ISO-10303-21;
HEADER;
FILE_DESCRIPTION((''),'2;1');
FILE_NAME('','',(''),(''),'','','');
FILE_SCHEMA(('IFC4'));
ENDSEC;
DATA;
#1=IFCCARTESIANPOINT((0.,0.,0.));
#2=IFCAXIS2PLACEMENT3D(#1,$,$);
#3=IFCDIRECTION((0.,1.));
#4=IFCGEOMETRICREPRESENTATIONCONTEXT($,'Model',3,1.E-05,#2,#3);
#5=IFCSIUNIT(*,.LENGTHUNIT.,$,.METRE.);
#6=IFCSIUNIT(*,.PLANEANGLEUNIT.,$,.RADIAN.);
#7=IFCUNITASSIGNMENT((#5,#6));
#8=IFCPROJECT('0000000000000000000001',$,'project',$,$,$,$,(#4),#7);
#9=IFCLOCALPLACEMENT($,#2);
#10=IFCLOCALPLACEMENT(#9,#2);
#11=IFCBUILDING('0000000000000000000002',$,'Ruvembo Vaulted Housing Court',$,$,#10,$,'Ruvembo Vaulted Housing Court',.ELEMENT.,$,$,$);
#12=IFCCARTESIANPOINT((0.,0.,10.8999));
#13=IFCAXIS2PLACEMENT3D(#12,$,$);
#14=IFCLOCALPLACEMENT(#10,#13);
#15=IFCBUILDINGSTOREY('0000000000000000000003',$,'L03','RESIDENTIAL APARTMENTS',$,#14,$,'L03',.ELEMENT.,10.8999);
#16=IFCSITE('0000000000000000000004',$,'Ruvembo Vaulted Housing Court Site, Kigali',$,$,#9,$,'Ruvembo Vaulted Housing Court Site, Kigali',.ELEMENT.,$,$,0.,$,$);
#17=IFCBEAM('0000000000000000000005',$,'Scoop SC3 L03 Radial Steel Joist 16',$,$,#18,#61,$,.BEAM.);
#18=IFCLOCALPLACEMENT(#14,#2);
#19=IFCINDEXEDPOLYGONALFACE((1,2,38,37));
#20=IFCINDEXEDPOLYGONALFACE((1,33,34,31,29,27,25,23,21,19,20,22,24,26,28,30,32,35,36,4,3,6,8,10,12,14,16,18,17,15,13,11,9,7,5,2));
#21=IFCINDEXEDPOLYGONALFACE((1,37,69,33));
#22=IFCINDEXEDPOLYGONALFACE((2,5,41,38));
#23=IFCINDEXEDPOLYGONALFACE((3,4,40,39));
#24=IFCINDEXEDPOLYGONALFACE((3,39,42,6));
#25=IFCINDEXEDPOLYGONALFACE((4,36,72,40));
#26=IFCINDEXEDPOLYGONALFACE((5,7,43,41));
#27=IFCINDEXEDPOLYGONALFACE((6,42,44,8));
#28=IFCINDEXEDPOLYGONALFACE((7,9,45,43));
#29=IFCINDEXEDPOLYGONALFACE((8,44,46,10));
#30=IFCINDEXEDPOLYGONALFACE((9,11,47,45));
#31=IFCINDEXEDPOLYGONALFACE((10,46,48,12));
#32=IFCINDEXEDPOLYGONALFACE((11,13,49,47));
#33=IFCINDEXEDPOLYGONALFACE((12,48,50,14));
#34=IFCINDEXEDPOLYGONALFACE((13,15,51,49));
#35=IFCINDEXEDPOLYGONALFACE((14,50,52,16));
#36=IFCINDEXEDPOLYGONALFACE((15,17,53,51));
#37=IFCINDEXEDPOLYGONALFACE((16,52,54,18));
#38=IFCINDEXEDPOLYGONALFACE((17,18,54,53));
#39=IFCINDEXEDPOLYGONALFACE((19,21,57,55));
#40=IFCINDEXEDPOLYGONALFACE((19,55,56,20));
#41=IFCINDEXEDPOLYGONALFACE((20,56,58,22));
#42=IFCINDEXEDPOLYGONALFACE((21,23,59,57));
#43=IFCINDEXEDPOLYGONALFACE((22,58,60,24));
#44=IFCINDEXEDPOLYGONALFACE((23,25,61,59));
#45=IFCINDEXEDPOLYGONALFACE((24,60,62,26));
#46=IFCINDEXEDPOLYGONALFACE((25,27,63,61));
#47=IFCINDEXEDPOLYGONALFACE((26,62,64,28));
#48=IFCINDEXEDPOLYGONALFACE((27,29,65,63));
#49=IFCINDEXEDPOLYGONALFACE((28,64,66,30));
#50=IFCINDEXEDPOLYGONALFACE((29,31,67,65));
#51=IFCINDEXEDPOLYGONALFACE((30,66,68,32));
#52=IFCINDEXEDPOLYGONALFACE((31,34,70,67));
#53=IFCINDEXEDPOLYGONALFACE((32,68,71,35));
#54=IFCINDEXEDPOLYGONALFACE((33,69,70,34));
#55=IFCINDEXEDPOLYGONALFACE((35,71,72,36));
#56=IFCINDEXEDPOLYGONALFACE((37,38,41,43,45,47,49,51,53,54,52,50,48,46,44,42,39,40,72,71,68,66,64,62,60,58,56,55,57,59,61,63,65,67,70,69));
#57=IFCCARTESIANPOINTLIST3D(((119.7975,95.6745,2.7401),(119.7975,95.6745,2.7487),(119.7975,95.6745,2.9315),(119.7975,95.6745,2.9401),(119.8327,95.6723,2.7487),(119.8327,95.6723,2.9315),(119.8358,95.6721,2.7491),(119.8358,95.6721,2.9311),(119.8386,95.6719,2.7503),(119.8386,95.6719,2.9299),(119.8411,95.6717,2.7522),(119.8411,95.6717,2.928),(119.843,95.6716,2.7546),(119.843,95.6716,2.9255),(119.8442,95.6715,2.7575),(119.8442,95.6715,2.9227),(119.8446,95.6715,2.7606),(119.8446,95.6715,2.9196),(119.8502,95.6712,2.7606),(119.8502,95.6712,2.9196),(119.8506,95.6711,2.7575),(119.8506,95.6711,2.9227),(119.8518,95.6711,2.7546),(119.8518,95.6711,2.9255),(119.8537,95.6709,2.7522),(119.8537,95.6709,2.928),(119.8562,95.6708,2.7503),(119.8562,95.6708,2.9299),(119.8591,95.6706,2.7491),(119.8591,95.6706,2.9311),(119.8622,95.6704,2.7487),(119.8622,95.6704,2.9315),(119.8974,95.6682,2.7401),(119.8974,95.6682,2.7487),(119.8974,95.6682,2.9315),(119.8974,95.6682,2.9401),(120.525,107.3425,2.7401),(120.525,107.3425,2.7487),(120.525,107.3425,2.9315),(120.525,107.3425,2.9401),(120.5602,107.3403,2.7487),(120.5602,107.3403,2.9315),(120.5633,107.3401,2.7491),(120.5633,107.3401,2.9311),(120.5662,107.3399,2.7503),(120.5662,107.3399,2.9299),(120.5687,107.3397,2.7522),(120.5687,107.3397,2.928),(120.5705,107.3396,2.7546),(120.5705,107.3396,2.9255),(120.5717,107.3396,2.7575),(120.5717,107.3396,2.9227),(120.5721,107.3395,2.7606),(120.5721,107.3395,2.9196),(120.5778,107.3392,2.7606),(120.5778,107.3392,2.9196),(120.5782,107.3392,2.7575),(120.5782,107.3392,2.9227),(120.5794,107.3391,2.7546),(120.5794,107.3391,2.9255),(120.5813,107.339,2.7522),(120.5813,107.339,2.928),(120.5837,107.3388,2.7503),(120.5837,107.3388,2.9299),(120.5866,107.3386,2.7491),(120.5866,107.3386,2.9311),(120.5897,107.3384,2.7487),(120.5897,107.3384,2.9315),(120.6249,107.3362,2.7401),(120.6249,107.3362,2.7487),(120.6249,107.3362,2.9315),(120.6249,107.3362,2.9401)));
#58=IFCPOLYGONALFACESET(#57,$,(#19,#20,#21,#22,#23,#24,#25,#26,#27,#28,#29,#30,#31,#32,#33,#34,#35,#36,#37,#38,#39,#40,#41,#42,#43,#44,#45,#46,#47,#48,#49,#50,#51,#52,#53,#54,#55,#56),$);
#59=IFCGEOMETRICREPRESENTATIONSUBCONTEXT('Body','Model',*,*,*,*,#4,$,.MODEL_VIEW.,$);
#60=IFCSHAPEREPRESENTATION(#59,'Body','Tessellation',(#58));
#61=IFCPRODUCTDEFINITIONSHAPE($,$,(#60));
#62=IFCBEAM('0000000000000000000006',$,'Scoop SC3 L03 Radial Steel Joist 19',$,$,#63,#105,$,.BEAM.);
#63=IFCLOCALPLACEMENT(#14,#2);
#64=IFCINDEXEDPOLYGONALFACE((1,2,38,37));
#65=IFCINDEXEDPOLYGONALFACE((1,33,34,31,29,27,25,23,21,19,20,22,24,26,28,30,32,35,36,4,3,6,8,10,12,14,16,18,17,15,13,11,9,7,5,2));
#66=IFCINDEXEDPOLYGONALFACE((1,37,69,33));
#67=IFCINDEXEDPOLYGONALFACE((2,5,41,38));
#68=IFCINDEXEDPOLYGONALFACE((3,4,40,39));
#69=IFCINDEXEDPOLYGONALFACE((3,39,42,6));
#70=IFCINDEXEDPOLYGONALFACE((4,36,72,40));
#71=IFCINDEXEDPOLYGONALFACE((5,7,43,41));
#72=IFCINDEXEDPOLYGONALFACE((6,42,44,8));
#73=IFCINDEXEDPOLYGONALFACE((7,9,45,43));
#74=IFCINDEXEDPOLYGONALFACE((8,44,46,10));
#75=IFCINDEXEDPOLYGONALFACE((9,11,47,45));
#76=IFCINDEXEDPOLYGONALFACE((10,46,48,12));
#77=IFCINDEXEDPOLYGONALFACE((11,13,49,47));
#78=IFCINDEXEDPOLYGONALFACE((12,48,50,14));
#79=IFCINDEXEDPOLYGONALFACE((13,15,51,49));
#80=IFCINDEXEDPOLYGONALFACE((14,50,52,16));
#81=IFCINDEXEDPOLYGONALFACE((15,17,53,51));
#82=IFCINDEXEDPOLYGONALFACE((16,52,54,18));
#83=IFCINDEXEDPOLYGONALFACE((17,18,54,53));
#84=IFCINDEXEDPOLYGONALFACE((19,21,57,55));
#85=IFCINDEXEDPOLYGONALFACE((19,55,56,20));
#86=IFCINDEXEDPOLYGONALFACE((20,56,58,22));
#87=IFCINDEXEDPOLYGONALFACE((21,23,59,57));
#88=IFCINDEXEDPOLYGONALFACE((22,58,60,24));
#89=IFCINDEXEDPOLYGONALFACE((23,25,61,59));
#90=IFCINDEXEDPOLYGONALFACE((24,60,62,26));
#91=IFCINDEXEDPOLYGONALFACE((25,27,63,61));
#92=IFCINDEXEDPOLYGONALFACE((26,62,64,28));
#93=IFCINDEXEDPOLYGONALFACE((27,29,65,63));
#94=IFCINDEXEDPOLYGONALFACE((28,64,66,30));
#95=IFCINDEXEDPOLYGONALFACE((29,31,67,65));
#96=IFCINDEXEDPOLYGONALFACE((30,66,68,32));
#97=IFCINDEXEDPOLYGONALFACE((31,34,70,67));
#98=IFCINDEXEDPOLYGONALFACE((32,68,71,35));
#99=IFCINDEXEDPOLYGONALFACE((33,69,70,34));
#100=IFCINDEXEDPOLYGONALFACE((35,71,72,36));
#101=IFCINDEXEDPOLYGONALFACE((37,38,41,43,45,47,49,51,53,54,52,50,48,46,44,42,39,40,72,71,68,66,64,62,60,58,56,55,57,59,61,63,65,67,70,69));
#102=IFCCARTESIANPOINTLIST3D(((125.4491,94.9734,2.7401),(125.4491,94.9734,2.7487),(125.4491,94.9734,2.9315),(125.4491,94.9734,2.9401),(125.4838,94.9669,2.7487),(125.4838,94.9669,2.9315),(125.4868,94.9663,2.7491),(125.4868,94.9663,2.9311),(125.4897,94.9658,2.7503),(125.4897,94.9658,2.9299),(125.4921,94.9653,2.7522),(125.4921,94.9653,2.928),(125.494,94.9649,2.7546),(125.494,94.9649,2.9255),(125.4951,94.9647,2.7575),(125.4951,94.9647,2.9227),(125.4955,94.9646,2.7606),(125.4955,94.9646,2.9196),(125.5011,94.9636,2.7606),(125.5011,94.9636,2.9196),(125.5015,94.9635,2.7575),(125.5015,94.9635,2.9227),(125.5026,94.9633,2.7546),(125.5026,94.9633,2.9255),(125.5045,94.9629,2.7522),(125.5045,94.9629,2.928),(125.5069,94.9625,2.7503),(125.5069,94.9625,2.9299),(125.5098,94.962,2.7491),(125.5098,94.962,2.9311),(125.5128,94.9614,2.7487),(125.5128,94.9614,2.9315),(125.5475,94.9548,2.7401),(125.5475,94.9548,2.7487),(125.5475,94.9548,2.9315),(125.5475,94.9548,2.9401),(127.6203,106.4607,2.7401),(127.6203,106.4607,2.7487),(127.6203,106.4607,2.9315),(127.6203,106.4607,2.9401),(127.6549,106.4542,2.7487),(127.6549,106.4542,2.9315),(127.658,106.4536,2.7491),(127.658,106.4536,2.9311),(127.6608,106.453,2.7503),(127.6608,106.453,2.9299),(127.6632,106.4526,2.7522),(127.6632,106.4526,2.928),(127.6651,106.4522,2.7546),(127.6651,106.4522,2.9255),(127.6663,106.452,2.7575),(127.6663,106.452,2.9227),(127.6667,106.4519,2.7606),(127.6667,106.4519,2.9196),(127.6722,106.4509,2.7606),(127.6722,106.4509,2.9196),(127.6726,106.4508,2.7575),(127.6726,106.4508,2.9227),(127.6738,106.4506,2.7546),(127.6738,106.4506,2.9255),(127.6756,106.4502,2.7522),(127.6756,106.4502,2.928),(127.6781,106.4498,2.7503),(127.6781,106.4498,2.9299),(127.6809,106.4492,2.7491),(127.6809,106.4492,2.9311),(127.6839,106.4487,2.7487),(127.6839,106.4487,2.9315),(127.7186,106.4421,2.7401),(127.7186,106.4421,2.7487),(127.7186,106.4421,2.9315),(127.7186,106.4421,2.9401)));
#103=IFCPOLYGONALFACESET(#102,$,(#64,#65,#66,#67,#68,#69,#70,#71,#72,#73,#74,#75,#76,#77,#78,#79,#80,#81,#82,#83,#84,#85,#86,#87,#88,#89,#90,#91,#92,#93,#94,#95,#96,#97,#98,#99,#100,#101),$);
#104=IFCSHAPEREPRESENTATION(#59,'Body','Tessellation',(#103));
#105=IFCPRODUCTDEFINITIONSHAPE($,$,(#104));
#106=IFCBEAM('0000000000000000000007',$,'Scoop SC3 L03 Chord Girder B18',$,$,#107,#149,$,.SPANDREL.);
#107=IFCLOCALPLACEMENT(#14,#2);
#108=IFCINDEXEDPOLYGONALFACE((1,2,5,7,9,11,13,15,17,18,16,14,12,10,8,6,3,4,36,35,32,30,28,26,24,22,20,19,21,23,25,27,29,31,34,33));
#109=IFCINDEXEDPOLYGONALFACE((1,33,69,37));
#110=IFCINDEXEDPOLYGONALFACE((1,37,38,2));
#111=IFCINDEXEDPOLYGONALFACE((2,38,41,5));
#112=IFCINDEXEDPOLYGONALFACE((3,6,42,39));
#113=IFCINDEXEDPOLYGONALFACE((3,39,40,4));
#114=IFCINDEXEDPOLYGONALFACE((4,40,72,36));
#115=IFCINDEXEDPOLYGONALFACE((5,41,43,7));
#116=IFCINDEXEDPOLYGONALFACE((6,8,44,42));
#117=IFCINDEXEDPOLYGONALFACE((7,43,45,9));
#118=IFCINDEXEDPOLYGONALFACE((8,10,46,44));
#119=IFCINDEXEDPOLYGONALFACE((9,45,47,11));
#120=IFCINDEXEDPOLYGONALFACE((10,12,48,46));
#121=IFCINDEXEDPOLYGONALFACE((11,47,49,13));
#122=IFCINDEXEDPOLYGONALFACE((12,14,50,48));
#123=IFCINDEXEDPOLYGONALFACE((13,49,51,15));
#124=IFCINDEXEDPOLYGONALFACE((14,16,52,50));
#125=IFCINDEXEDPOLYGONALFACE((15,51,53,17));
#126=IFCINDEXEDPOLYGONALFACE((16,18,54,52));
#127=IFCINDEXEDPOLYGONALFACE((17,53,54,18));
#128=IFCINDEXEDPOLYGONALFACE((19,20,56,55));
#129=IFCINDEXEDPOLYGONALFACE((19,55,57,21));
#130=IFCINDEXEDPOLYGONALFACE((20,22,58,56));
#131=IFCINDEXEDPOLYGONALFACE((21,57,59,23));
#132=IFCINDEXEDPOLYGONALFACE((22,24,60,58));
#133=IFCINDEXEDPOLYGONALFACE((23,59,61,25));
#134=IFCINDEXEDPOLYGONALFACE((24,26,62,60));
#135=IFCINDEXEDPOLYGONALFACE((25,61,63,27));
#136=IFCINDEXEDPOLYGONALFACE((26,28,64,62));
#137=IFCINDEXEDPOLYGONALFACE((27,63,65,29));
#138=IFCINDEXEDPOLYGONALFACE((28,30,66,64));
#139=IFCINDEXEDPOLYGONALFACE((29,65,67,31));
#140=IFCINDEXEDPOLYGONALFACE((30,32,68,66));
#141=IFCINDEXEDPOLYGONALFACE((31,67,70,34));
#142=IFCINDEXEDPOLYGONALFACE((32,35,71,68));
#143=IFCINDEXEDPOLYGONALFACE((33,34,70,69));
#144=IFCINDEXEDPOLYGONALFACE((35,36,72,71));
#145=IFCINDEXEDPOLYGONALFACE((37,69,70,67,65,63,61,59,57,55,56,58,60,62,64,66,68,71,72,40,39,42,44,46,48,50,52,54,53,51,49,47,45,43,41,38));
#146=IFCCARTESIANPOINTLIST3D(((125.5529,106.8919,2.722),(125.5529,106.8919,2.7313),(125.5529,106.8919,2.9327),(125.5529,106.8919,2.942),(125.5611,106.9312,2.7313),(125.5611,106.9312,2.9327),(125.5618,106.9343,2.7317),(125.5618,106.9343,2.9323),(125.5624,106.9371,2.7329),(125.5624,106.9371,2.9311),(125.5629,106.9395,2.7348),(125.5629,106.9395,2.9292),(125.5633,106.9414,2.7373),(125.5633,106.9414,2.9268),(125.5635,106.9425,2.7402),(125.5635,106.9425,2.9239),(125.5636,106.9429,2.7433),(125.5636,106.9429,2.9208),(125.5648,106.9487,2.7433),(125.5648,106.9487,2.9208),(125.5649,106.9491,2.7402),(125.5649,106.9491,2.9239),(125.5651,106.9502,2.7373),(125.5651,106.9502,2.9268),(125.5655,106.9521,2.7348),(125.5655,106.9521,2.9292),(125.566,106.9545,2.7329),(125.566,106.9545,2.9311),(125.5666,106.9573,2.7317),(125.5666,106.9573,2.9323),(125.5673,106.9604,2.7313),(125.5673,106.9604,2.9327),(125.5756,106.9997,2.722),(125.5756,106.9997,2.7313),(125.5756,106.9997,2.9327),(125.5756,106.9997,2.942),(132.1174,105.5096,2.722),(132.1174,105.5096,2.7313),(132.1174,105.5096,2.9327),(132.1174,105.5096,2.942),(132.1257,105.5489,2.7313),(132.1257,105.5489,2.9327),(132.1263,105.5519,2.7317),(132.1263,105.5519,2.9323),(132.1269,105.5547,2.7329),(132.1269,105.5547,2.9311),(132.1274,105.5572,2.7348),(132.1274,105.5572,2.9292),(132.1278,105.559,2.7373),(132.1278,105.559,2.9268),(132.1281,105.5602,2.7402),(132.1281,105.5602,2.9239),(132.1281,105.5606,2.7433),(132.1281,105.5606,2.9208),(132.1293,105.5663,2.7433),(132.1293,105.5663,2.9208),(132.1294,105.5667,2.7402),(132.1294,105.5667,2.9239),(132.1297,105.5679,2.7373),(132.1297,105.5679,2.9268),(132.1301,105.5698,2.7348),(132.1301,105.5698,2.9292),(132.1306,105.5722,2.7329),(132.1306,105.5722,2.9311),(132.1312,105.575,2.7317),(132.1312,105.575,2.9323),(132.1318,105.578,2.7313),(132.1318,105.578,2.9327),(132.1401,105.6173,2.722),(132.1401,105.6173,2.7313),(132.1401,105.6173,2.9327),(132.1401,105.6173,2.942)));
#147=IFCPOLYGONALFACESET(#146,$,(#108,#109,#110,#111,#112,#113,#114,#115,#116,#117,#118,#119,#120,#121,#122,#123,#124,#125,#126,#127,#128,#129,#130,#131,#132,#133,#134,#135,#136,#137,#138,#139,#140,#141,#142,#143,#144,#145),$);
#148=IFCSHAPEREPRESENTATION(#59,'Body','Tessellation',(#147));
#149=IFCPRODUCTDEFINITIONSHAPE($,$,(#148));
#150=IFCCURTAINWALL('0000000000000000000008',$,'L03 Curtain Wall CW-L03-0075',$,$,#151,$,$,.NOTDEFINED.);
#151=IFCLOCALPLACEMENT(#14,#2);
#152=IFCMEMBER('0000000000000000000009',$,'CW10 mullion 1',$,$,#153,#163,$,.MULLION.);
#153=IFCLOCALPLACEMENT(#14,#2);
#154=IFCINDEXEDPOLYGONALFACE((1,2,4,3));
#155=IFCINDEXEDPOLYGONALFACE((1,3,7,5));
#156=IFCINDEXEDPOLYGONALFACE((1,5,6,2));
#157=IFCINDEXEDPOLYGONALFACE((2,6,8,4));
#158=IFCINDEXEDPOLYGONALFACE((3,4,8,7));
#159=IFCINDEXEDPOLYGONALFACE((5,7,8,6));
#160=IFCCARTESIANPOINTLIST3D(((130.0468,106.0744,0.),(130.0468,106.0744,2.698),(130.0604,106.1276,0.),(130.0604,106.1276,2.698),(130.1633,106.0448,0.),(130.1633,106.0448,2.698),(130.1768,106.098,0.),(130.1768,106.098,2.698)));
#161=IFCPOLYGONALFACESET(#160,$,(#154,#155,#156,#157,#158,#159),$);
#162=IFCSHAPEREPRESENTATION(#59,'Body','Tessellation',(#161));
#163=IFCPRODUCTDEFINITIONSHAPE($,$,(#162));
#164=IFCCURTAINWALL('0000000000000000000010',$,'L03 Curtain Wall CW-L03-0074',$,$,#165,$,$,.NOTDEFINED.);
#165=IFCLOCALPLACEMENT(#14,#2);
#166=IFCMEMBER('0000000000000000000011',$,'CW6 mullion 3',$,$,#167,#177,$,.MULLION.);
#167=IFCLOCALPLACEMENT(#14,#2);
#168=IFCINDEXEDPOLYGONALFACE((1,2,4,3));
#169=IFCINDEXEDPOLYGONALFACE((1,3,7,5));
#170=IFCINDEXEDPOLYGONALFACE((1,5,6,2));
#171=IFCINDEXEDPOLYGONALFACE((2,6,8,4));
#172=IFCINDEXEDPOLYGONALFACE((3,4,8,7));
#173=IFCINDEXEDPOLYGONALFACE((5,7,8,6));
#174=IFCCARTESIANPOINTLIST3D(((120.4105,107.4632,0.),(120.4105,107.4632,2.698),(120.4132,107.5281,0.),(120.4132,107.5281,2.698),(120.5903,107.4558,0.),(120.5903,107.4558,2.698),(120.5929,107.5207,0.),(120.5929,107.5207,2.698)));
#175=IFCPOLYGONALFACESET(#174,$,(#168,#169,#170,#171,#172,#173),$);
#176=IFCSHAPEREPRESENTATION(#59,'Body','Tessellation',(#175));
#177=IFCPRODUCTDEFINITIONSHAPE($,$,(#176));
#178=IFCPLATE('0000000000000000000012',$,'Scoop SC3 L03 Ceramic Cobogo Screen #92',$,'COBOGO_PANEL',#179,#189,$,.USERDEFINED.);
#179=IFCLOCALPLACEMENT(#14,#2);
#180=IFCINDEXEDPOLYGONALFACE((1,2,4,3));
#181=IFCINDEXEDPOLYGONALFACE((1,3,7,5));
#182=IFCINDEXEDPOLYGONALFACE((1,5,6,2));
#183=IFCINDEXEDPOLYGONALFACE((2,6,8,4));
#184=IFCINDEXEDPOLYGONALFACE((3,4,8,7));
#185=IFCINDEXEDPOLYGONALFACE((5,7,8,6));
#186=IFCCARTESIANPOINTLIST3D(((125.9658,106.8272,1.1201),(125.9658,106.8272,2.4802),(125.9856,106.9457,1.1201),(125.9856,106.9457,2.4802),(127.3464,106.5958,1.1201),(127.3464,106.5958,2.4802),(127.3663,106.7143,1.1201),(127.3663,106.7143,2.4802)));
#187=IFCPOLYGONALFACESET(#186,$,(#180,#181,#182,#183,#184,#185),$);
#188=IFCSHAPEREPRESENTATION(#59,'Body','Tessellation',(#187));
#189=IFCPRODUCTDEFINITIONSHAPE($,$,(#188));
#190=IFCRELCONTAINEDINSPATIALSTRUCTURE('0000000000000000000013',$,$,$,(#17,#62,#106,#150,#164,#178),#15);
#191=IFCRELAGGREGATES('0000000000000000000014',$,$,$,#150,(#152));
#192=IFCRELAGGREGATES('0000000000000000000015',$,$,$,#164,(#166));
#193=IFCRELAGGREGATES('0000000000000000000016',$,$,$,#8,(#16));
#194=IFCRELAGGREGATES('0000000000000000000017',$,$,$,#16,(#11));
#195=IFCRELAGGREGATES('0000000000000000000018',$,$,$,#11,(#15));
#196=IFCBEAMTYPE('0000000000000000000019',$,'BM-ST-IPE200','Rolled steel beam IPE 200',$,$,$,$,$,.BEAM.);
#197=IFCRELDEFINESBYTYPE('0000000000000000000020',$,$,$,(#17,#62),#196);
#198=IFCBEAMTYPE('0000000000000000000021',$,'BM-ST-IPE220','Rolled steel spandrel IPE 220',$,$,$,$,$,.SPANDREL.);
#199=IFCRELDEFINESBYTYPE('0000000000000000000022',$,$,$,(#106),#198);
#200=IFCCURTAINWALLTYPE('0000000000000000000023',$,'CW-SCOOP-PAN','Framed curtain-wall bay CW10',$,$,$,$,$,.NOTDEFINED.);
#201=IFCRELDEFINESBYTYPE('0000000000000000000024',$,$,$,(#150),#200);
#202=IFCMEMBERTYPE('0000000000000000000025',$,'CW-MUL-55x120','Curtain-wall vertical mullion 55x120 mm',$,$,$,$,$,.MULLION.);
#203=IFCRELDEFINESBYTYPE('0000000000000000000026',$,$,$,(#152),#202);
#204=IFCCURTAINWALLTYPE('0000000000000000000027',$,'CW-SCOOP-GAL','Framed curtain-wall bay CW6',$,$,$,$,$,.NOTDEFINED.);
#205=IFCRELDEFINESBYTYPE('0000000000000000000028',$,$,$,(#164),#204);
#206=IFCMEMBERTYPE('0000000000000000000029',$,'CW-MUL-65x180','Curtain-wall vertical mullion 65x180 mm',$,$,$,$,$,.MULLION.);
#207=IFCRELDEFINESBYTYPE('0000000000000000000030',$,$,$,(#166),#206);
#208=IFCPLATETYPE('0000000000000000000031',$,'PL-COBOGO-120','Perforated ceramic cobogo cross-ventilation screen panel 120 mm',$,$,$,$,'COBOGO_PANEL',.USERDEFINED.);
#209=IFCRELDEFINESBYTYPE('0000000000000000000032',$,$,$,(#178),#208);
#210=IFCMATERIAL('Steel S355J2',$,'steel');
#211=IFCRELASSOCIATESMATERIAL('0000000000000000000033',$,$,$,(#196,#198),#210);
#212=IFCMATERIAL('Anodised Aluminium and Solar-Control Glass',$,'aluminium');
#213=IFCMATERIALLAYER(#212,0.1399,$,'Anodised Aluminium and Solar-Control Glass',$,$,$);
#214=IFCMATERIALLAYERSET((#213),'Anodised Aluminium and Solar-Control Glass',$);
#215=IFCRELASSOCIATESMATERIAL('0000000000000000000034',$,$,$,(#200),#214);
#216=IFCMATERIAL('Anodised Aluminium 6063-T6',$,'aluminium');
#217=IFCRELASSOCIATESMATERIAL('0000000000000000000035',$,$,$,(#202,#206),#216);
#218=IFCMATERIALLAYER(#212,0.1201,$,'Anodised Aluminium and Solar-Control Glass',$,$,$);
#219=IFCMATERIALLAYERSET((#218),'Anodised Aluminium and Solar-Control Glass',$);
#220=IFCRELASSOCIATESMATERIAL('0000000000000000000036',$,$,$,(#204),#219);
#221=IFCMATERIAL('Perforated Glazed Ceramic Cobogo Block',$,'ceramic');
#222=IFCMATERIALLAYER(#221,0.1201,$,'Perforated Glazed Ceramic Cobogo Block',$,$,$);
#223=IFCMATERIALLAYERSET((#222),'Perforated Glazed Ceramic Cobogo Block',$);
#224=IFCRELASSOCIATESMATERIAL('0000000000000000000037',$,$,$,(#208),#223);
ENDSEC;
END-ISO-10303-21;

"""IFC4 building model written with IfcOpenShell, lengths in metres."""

from ifc_helpers import new_model, si_unit, direction, frame, origin, origin_2d, place, context, subcontext, project, spatial, rectangle, i_section, extrude, material, layer, layer_set, material_profile, profile_set, type_object, element, aggregate, save


model = new_model("IFC4")

# Units and contexts
model_context = context("Model", 3, precision=1e-05, world=origin(), true_north=direction((0.0, 1.0)))
body_context = subcontext(model_context, "Body", "Model", "MODEL_VIEW")
ifc_project = project(units=[si_unit("LENGTHUNIT", "METRE"), si_unit("PLANEANGLEUNIT", "RADIAN")], contexts=[model_context])

# Site, building, storey
site_placement = place(None, origin())
site = spatial("IfcSite", under=ifc_project, at=site_placement, Name="Ruvembo Vaulted Housing Court Site, Kigali", LongName="Ruvembo Vaulted Housing Court Site, Kigali", CompositionType="ELEMENT", RefElevation=0.0)
building_placement = place(site_placement, origin())
building = spatial("IfcBuilding", under=site, at=building_placement, Name="Ruvembo Vaulted Housing Court", LongName="Ruvembo Vaulted Housing Court", CompositionType="ELEMENT")
storey_placement = place(building_placement, frame((0.0, 0.0, 10.8999)))
storey = spatial("IfcBuildingStorey", under=building, at=storey_placement, Name="L03", Description="RESIDENTIAL APARTMENTS", LongName="L03", CompositionType="ELEMENT", Elevation=10.8999)

# Beams
ifc_material_1 = material(Name="Steel S355J2", Category="steel")
ifc_material_profile_1 = material_profile(ifc_material_1, i_section(OverallWidth=0.1001, OverallDepth=0.2, WebThickness=0.0056, FlangeThickness=0.0085, FilletRadius=0.012, at=origin_2d()), Name="IPE 200")
ifc_profile_set_1 = profile_set([ifc_material_profile_1], Name="Steel S355J2")
beam_type_1 = type_object("IfcBeamType", Name="BM-ST-IPE200", Description="Rolled steel beam IPE 200", PredefinedType="BEAM", material=ifc_profile_set_1)
for number, where, z_axis, x_axis, name in (
    (1, (120.575, 107.3394, 2.8401), (-0.062233, -0.998062, 0.0), (0.998062, -0.062233, 0.0), "Scoop SC3 L03 Radial Steel Joist 16"),
    (2, (127.6694, 106.4514, 2.8401), (-0.185716, -0.982604, 0.0), (0.982604, -0.185716, 0.0), "Scoop SC3 L03 Radial Steel Joist 19"),
):
    element("IfcBeam", number, at=place(storey_placement, frame(where, z_axis=z_axis, x_axis=x_axis)), inside=storey, type_object=beam_type_1, Name=name, PredefinedType="BEAM", context=body_context, shape_type="SweptSolid", body=[
        extrude(i_section(OverallWidth=0.1001, OverallDepth=0.2, WebThickness=0.0056, FlangeThickness=0.0085, FilletRadius=0.012, at=origin_2d()), origin(), (0.0, 0.0, 1.0), 11.6907),
    ])
ifc_material_profile_2 = material_profile(ifc_material_1, i_section(OverallWidth=0.1101, OverallDepth=0.22, WebThickness=0.0059, FlangeThickness=0.0093, FilletRadius=0.012, at=origin_2d()), Name="IPE 220")
ifc_profile_set_2 = profile_set([ifc_material_profile_2], Name="Steel S355J2")
beam_type_2 = type_object("IfcBeamType", Name="BM-ST-IPE220", Description="Rolled steel spandrel IPE 220", PredefinedType="SPANDREL", material=ifc_profile_set_2)
beam_1_placement = place(storey_placement, frame((125.5642, 106.9458, 2.832), z_axis=(0.97854, -0.206058, 0.0), x_axis=(0.206058, 0.97854, 0.0)))
element("IfcBeam", 3, at=beam_1_placement, inside=storey, type_object=beam_type_2, Name="Scoop SC3 L03 Chord Girder B18", PredefinedType="SPANDREL", context=body_context, shape_type="SweptSolid", body=[
    extrude(i_section(OverallWidth=0.1101, OverallDepth=0.22, WebThickness=0.0059, FlangeThickness=0.0093, FilletRadius=0.012, at=origin_2d()), origin(), (0.0, 0.0, 1.0), 6.7085),
])

# Curtain walls, members
ifc_material_2 = material(Name="Anodised Aluminium and Solar-Control Glass", Category="aluminium")
ifc_layer_1 = layer(ifc_material_2, 0.1399, Name="Anodised Aluminium and Solar-Control Glass")
ifc_layer_set_1 = layer_set([ifc_layer_1], Name="Anodised Aluminium and Solar-Control Glass")
curtain_wall_type_1 = type_object("IfcCurtainWallType", Name="CW-SCOOP-PAN", Description="Framed curtain-wall bay CW10", PredefinedType="NOTDEFINED", material=ifc_layer_set_1)
curtain_wall_1_placement = place(storey_placement, origin())
curtain_wall_1 = element("IfcCurtainWall", 4, at=curtain_wall_1_placement, inside=storey, type_object=curtain_wall_type_1, Name="L03 Curtain Wall CW-L03-0075", PredefinedType="NOTDEFINED")
ifc_material_3 = material(Name="Anodised Aluminium 6063-T6", Category="aluminium")
ifc_material_profile_3 = material_profile(ifc_material_3, rectangle(XDim=0.0549, YDim=0.1201, at=origin_2d()), Name="ALU 55x120")
ifc_profile_set_3 = profile_set([ifc_material_profile_3], Name="Anodised Aluminium 6063-T6")
member_type_1 = type_object("IfcMemberType", Name="CW-MUL-55x120", Description="Curtain-wall vertical mullion 55x120 mm", PredefinedType="MULLION", material=ifc_profile_set_3)
member_1_placement = place(storey_placement, frame((130.1118, 106.0862, 0.0), z_axis=(0.0, 0.0, 1.0), x_axis=(0.246481, 0.969148, 0.0)))
member_1 = element("IfcMember", 5, at=member_1_placement, type_object=member_type_1, Name="CW10 mullion 1", PredefinedType="MULLION", context=body_context, shape_type="SweptSolid", body=[
    extrude(rectangle(XDim=0.0549, YDim=0.1201, at=origin_2d()), origin(), (0.0, 0.0, 1.0), 2.698),
])
aggregate(curtain_wall_1, [member_1])
ifc_layer_2 = layer(ifc_material_2, 0.1201, Name="Anodised Aluminium and Solar-Control Glass")
ifc_layer_set_2 = layer_set([ifc_layer_2], Name="Anodised Aluminium and Solar-Control Glass")
curtain_wall_type_2 = type_object("IfcCurtainWallType", Name="CW-SCOOP-GAL", Description="Framed curtain-wall bay CW6", PredefinedType="NOTDEFINED", material=ifc_layer_set_2)
curtain_wall_2_placement = place(storey_placement, origin())
curtain_wall_2 = element("IfcCurtainWall", 6, at=curtain_wall_2_placement, inside=storey, type_object=curtain_wall_type_2, Name="L03 Curtain Wall CW-L03-0074", PredefinedType="NOTDEFINED")
ifc_material_profile_4 = material_profile(ifc_material_3, rectangle(XDim=0.0649, YDim=0.1799, at=origin_2d()), Name="ALU 65x180")
ifc_profile_set_4 = profile_set([ifc_material_profile_4], Name="Anodised Aluminium 6063-T6")
member_type_2 = type_object("IfcMemberType", Name="CW-MUL-65x180", Description="Curtain-wall vertical mullion 65x180 mm", PredefinedType="MULLION", material=ifc_profile_set_4)
member_2_placement = place(storey_placement, frame((120.5017, 107.4919, 0.0), z_axis=(0.0, 0.0, 1.0), x_axis=(0.041491, 0.999139, 0.0)))
member_2 = element("IfcMember", 7, at=member_2_placement, type_object=member_type_2, Name="CW6 mullion 3", PredefinedType="MULLION", context=body_context, shape_type="SweptSolid", body=[
    extrude(rectangle(XDim=0.0649, YDim=0.1799, at=origin_2d()), origin(), (0.0, 0.0, 1.0), 2.698),
])
aggregate(curtain_wall_2, [member_2])

# Plate
ifc_material_4 = material(Name="Perforated Glazed Ceramic Cobogo Block", Category="ceramic")
ifc_layer_3 = layer(ifc_material_4, 0.1201, Name="Perforated Glazed Ceramic Cobogo Block")
ifc_layer_set_3 = layer_set([ifc_layer_3], Name="Perforated Glazed Ceramic Cobogo Block")
plate_type = type_object("IfcPlateType", Name="PL-COBOGO-120", Description="Perforated ceramic cobogo cross-ventilation screen panel 120 mm", ElementType="COBOGO_PANEL", PredefinedType="USERDEFINED", material=ifc_layer_set_3)
plate_placement = place(storey_placement, frame((126.666, 106.7708, 1.1201), z_axis=(0.0, 0.0, 1.0), x_axis=(0.986245, -0.165289, 0.0)))
element("IfcPlate", 8, at=plate_placement, inside=storey, type_object=plate_type, Name="Scoop SC3 L03 Ceramic Cobogo Screen #92", ObjectType="COBOGO_PANEL", PredefinedType="USERDEFINED", context=body_context, shape_type="SweptSolid", body=[
    extrude(rectangle(XDim=1.3999, YDim=0.1201, at=origin_2d()), origin(), (0.0, 0.0, 1.0), 1.3601),
])

save(model, "model.ifc")
